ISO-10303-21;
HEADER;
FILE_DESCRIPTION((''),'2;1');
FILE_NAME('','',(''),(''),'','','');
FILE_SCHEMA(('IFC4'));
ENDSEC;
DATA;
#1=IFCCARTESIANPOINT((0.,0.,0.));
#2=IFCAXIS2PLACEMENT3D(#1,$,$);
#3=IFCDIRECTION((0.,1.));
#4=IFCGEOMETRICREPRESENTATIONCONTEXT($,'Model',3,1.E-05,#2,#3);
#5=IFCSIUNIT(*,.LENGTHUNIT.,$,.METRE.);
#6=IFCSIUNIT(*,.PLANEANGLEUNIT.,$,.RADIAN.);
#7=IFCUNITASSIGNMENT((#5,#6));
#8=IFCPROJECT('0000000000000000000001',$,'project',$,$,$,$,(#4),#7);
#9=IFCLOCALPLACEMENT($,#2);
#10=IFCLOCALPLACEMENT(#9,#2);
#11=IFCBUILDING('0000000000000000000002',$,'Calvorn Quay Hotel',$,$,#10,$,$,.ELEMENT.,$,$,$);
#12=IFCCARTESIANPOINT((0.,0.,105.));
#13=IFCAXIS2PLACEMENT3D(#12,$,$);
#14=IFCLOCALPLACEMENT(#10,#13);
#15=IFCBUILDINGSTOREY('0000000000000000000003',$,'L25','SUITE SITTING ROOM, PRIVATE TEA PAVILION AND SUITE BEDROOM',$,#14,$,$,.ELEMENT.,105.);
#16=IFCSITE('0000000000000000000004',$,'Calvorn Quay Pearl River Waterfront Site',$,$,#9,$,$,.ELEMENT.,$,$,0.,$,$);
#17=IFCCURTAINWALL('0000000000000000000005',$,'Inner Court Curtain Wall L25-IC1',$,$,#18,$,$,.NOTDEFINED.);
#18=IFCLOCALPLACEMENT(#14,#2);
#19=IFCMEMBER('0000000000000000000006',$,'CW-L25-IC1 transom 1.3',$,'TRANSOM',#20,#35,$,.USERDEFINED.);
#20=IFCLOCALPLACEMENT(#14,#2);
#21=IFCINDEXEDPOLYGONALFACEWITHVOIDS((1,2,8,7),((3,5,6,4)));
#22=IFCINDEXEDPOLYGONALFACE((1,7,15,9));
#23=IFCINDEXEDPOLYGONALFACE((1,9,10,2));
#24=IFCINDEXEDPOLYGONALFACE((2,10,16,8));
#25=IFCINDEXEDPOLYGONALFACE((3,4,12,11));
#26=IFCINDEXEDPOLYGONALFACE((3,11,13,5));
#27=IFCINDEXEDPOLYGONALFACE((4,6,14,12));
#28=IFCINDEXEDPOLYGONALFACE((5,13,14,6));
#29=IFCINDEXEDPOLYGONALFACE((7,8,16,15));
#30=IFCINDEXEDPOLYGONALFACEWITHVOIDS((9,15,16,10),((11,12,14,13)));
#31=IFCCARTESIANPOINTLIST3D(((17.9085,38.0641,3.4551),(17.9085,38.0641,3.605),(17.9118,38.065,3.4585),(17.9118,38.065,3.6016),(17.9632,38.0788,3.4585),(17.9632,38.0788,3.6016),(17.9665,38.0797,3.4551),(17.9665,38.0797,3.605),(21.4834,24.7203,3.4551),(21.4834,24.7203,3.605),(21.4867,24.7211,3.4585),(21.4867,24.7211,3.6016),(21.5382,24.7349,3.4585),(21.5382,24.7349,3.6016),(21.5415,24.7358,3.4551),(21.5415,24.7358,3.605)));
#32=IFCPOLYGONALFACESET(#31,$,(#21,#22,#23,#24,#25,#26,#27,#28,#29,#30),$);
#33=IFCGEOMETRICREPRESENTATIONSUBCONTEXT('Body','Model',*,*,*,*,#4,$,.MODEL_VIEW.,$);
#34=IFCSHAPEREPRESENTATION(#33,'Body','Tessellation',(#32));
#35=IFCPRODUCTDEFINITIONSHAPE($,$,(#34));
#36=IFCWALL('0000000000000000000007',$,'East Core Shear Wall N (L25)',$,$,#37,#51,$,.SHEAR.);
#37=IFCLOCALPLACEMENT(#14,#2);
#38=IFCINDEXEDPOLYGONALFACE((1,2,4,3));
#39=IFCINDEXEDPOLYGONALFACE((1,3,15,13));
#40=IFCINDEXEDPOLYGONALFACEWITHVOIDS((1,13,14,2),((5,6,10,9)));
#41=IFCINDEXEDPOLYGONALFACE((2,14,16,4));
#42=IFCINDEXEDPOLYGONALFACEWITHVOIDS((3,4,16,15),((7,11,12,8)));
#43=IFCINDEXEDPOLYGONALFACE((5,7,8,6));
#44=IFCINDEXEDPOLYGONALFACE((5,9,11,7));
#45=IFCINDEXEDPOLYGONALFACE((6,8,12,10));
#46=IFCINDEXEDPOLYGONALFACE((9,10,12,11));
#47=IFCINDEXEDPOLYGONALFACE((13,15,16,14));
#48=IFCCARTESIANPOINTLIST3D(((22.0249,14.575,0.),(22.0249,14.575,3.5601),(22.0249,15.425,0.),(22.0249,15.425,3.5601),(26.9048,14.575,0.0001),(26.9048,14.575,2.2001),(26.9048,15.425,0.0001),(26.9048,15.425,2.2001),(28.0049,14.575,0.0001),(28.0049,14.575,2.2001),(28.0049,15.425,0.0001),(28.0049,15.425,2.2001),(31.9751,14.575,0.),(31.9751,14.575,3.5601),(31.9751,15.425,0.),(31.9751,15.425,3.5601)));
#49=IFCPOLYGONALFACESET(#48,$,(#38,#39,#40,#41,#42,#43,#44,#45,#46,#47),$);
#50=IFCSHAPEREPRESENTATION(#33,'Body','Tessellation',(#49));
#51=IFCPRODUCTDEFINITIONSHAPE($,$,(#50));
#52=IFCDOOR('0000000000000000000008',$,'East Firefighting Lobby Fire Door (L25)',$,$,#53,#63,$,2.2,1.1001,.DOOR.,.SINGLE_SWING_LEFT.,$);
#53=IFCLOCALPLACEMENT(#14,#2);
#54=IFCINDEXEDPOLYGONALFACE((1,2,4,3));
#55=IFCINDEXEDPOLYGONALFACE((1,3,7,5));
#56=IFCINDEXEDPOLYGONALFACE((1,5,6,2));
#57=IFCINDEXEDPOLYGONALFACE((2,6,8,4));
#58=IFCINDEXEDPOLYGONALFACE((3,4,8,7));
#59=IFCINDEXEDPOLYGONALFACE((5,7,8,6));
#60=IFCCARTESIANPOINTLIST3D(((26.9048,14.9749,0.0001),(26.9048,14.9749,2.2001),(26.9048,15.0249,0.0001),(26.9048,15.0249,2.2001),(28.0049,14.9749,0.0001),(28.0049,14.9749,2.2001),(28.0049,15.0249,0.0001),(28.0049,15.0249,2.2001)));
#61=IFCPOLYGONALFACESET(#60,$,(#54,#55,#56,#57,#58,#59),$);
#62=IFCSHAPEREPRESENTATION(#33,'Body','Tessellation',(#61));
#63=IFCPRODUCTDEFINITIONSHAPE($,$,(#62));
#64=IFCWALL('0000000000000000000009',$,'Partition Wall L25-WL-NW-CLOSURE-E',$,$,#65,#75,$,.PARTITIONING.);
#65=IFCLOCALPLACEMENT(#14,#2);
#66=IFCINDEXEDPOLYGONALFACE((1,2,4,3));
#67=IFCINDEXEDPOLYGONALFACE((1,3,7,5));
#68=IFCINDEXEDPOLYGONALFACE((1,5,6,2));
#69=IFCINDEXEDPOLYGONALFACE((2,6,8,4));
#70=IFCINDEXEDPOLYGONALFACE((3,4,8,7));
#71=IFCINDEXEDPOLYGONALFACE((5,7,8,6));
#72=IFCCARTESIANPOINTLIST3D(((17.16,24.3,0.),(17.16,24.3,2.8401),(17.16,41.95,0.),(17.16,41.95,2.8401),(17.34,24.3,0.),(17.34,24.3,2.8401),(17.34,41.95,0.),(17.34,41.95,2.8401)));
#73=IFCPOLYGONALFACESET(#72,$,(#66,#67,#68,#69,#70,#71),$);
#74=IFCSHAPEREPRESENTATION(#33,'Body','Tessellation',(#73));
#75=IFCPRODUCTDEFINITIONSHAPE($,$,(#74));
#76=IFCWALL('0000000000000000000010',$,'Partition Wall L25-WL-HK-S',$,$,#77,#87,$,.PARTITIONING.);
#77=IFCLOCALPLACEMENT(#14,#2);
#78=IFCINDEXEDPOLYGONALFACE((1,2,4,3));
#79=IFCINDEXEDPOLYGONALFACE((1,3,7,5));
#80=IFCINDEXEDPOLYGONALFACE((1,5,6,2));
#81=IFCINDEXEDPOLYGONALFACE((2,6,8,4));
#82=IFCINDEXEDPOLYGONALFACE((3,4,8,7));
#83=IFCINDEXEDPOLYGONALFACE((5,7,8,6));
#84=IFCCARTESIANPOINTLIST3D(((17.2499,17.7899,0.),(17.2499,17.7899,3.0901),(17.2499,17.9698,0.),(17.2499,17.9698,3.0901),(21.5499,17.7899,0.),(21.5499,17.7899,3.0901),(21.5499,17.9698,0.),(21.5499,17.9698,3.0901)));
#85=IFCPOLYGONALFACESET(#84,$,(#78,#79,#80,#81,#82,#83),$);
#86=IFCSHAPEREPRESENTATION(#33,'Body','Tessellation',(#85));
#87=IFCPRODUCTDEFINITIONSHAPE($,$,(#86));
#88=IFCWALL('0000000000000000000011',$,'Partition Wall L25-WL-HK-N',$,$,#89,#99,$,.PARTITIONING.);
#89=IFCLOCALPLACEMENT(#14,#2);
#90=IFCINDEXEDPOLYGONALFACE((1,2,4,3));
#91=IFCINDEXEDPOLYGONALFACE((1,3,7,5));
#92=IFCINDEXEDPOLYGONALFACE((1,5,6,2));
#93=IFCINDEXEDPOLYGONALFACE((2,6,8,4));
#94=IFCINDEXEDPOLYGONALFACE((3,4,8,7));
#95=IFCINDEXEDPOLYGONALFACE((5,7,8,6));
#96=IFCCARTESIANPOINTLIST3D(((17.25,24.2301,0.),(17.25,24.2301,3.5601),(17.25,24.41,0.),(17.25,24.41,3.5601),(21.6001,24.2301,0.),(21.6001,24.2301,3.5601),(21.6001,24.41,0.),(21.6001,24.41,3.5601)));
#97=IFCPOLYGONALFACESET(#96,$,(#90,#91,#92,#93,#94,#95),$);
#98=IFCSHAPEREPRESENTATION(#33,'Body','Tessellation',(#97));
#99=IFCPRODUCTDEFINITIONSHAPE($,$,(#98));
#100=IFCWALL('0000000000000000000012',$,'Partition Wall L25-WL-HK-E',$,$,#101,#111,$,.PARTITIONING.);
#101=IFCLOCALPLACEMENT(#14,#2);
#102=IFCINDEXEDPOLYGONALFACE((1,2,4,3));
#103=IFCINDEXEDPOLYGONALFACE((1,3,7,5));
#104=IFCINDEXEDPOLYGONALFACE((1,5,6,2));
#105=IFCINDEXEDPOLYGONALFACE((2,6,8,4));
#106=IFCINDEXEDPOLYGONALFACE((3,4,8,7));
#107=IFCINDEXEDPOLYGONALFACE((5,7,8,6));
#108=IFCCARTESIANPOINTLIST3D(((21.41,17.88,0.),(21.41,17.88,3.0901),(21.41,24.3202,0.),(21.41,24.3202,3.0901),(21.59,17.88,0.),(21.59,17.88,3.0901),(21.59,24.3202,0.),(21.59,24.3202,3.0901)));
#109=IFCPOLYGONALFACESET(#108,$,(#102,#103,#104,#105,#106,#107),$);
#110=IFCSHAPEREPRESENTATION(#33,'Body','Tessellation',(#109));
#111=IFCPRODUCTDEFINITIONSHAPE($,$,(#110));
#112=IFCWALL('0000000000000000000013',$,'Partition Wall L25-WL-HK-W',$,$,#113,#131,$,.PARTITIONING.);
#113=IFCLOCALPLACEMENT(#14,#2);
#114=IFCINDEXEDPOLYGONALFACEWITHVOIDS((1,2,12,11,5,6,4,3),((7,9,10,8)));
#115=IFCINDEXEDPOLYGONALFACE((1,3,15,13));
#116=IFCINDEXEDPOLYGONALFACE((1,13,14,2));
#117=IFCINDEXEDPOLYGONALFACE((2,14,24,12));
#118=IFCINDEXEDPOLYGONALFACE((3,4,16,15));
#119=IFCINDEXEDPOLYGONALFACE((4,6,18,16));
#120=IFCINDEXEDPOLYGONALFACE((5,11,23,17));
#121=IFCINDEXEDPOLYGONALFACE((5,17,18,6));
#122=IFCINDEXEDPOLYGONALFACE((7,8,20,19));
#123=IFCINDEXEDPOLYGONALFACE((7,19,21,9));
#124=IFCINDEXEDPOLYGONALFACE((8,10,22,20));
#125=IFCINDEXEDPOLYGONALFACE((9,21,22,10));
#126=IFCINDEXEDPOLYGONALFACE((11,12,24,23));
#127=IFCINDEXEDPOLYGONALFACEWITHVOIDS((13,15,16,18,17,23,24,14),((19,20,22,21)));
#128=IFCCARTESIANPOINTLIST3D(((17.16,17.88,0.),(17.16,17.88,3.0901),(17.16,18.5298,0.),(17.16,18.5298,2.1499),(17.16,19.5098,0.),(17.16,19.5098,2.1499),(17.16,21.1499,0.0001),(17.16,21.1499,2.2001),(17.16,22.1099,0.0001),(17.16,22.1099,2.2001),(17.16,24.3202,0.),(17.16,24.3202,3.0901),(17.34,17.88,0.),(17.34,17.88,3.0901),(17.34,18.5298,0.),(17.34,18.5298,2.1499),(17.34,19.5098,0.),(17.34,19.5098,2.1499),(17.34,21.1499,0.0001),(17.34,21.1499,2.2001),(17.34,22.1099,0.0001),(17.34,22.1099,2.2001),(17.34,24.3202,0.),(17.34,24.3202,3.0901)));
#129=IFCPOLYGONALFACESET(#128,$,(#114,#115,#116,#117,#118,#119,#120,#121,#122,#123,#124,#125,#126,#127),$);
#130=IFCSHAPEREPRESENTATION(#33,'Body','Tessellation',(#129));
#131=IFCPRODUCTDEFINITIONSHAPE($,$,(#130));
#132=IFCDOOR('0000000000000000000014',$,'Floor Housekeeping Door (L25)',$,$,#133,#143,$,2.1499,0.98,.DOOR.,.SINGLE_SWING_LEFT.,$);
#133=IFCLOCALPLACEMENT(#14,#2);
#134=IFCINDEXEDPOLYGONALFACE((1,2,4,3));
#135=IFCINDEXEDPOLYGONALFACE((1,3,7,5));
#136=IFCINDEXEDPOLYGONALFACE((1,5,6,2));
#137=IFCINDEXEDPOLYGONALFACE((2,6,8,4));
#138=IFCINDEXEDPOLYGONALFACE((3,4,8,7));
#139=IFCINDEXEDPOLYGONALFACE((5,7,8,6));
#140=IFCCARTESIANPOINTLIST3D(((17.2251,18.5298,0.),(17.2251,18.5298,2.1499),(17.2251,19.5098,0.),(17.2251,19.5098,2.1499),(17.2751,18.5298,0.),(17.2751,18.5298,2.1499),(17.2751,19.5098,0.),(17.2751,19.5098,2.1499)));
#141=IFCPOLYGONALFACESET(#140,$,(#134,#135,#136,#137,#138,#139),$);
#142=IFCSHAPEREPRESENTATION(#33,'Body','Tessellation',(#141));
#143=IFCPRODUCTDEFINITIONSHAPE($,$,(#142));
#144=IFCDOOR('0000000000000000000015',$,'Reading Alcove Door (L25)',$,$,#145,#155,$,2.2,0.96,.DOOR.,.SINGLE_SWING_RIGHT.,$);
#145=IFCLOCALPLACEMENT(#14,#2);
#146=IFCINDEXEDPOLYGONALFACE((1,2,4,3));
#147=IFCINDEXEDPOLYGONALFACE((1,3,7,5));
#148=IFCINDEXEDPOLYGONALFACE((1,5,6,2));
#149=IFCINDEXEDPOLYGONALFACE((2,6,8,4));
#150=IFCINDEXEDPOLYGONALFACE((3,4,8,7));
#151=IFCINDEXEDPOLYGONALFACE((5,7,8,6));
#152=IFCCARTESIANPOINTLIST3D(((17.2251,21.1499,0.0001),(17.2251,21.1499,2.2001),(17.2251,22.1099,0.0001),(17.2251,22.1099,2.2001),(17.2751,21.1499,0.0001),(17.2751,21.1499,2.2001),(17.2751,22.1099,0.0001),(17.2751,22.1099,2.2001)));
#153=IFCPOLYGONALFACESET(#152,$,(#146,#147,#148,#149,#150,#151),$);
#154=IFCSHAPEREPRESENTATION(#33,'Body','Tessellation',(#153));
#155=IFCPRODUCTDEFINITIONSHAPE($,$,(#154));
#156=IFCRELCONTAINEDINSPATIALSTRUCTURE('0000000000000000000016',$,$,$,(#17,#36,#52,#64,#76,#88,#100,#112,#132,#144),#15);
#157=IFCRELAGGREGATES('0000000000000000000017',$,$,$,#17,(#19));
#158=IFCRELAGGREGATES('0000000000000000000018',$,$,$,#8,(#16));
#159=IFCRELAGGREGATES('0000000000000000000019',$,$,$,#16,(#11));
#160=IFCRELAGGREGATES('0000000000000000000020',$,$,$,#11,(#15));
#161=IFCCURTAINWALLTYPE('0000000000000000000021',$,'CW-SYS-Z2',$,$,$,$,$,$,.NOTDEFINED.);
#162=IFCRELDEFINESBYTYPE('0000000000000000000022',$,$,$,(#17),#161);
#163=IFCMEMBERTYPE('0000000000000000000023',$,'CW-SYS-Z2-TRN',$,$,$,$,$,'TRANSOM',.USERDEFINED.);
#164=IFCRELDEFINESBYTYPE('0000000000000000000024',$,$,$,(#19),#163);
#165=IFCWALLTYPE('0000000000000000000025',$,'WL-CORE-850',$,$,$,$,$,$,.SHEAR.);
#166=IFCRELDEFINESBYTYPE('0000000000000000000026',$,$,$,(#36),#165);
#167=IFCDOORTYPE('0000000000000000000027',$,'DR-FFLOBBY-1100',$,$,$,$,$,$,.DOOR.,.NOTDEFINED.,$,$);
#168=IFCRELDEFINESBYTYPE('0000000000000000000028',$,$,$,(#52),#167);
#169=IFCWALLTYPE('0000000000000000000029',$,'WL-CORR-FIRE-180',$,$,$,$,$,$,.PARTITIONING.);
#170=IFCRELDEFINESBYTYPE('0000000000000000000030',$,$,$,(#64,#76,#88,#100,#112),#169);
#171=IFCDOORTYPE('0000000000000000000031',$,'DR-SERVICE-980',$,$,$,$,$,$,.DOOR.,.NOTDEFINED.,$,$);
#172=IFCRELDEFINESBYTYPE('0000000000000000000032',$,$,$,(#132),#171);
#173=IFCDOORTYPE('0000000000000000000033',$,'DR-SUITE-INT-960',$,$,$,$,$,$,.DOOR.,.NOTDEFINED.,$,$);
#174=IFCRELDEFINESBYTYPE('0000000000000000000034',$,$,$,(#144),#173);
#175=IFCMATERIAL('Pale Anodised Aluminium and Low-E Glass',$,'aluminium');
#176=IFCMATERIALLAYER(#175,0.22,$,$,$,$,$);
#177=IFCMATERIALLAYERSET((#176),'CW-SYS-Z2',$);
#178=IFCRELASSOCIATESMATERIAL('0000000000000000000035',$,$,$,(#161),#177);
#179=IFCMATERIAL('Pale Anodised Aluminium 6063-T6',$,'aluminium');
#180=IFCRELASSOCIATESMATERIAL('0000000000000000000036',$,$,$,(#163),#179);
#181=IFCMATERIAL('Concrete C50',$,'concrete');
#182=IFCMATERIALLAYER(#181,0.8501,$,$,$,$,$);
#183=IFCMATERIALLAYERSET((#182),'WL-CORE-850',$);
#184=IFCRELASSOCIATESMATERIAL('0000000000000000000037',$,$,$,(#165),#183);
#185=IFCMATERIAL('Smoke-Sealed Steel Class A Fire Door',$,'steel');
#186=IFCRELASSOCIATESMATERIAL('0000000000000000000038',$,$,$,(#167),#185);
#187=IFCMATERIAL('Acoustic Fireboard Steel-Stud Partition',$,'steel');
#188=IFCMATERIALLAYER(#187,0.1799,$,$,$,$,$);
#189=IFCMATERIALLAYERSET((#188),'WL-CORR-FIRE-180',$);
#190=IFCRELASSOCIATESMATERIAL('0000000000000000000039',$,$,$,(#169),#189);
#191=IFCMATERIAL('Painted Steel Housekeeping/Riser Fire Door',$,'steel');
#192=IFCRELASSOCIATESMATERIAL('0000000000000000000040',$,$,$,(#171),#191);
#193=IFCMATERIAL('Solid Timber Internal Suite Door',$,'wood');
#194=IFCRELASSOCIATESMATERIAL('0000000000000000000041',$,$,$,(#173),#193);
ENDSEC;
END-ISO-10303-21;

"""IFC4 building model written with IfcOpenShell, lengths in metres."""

from ifc_helpers import new_model, si_unit, direction, frame, frame_2d, origin, origin_2d, place, context, subcontext, project, spatial, rectangle, hollow_rectangle, extrude, material, layer, layer_set, material_profile, profile_set, type_object, element, fill, aggregate, save


model = new_model("IFC4")

# Units and contexts
model_context = context("Model", 3, precision=1e-05, world=origin(), true_north=direction((0.0, 1.0)))
body_context = subcontext(model_context, "Body", "Model", "MODEL_VIEW")
ifc_project = project(units=[si_unit("LENGTHUNIT", "METRE"), si_unit("PLANEANGLEUNIT", "RADIAN")], contexts=[model_context])

# Site, building, storey
site_placement = place(None, origin())
site = spatial("IfcSite", under=ifc_project, at=site_placement, Name="Calvorn Quay Pearl River Waterfront Site", CompositionType="ELEMENT", RefElevation=0.0)
building_placement = place(site_placement, origin())
building = spatial("IfcBuilding", under=site, at=building_placement, Name="Calvorn Quay Hotel", CompositionType="ELEMENT")
storey_placement = place(building_placement, frame((0.0, 0.0, 105.0)))
storey = spatial("IfcBuildingStorey", under=building, at=storey_placement, Name="L25", Description="SUITE SITTING ROOM, PRIVATE TEA PAVILION AND SUITE BEDROOM", CompositionType="ELEMENT", Elevation=105.0)

# Shared definitions
ifc_material_1 = material(Name="Pale Anodised Aluminium and Low-E Glass", Category="aluminium")
ifc_layer_1 = layer(ifc_material_1, 0.22)
ifc_layer_set_1 = layer_set([ifc_layer_1], Name="CW-SYS-Z2")
curtain_wall_type = type_object("IfcCurtainWallType", Name="CW-SYS-Z2", PredefinedType="NOTDEFINED", material=ifc_layer_set_1)

# Curtain wall, member
curtain_wall_1_placement = place(storey_placement, origin())
curtain_wall_1 = element("IfcCurtainWall", 1, at=curtain_wall_1_placement, inside=storey, type_object=curtain_wall_type, Name="Inner Court Curtain Wall L25-IC1", PredefinedType="NOTDEFINED")
ifc_material_2 = material(Name="Pale Anodised Aluminium 6063-T6", Category="aluminium")
ifc_material_profile_1 = material_profile(ifc_material_2, hollow_rectangle(XDim=0.0601, YDim=0.1499, WallThickness=0.0034, at=origin_2d()), Name="ALU-T150x60x3.5")
ifc_profile_set_1 = profile_set([ifc_material_profile_1], Name="Pale Anodised Aluminium 6063-T6")
member_type_1 = type_object("IfcMemberType", Name="CW-SYS-Z2-TRN", ElementType="TRANSOM", PredefinedType="USERDEFINED", material=ifc_profile_set_1)
member_1_placement = place(storey_placement, frame((21.5125, 24.728, 3.53), z_axis=(-0.258781, 0.965936, 0.0), x_axis=(-0.965936, -0.258781, 0.0)))
member_1 = element("IfcMember", 2, at=member_1_placement, type_object=member_type_1, Name="CW-L25-IC1 transom 1.3", ObjectType="TRANSOM", PredefinedType="USERDEFINED", context=body_context, shape_type="SweptSolid", body=[
    extrude(hollow_rectangle(XDim=0.0601, YDim=0.1499, WallThickness=0.0034, at=origin_2d()), origin(), (0.0, 0.0, 1.0), 13.8145),
])
aggregate(curtain_wall_1, [member_1])

# Wall, opening, door
ifc_material_3 = material(Name="Concrete C50", Category="concrete")
ifc_layer_2 = layer(ifc_material_3, 0.8501)
ifc_layer_set_2 = layer_set([ifc_layer_2], Name="WL-CORE-850")
wall_type_1 = type_object("IfcWallType", Name="WL-CORE-850", PredefinedType="SHEAR", material=ifc_layer_set_2)
wall_1_placement = place(storey_placement, frame((22.0249, 15.0, 0.0), z_axis=(0.0, 0.0, 1.0), x_axis=(1.0, 0.0, 0.0)))
wall_1 = element("IfcWall", 3, at=wall_1_placement, inside=storey, type_object=wall_type_1, Name="East Core Shear Wall N (L25)", PredefinedType="SHEAR", context=body_context, shape_type="SweptSolid", body=[
    extrude(rectangle(XDim=9.9502, YDim=0.8501, at=frame_2d((4.9751, 0.0))), origin(), (0.0, 0.0, 1.0), 3.5601),
])
opening_1_placement = place(wall_1_placement, frame((4.8799, 0.0, 0.0)))
opening_1 = element("IfcOpeningElement", 4, at=opening_1_placement, cuts=wall_1, PredefinedType="OPENING", context=body_context, shape_type="SweptSolid", body=[
    extrude(rectangle(XDim=1.1001, YDim=2.2, at=frame_2d((0.55, 1.1001))), frame((0.0, 0.4351, 0.0), z_axis=(0.0, -1.0, 0.0), x_axis=(1.0, 0.0, 0.0)), (0.0, 0.0, 1.0), 0.8701),
])
ifc_material_4 = material(Name="Smoke-Sealed Steel Class A Fire Door", Category="steel")
door_type_1 = type_object("IfcDoorType", Name="DR-FFLOBBY-1100", OperationType="NOTDEFINED", PredefinedType="DOOR", material=ifc_material_4)
door_1_placement = place(opening_1_placement, origin())
door_1 = element("IfcDoor", 5, at=door_1_placement, inside=storey, type_object=door_type_1, Name="East Firefighting Lobby Fire Door (L25)", OperationType="SINGLE_SWING_LEFT", OverallHeight=2.2, OverallWidth=1.1001, PredefinedType="DOOR", context=body_context, shape_type="SweptSolid", body=[
    extrude(rectangle(XDim=1.1001, YDim=2.2, at=frame_2d((0.55, 1.1001))), frame((0.0, 0.0249, 0.0), z_axis=(0.0, -1.0, 0.0), x_axis=(1.0, 0.0, 0.0)), (0.0, 0.0, 1.0), 0.05),
])
fill(opening_1, door_1)

# Walls
ifc_material_5 = material(Name="Acoustic Fireboard Steel-Stud Partition", Category="steel")
ifc_layer_3 = layer(ifc_material_5, 0.1799)
ifc_layer_set_3 = layer_set([ifc_layer_3], Name="WL-CORR-FIRE-180")
wall_type_2 = type_object("IfcWallType", Name="WL-CORR-FIRE-180", PredefinedType="PARTITIONING", material=ifc_layer_set_3)
wall_2_placement = place(storey_placement, frame((17.25, 24.3, 0.0), z_axis=(0.0, 0.0, 1.0), x_axis=(0.0, 1.0, 0.0)))
element("IfcWall", 6, at=wall_2_placement, inside=storey, type_object=wall_type_2, Name="Partition Wall L25-WL-NW-CLOSURE-E", PredefinedType="PARTITIONING", context=body_context, shape_type="SweptSolid", body=[
    extrude(rectangle(XDim=17.6499, YDim=0.1799, at=frame_2d((8.825, 0.0))), origin(), (0.0, 0.0, 1.0), 2.8401),
])
wall_3_placement = place(storey_placement, frame((17.25, 17.8799, 0.0), z_axis=(0.0, 0.0, 1.0), x_axis=(1.0, 0.0, 0.0)))
element("IfcWall", 7, at=wall_3_placement, inside=storey, type_object=wall_type_2, Name="Partition Wall L25-WL-HK-S", PredefinedType="PARTITIONING", context=body_context, shape_type="SweptSolid", body=[
    extrude(rectangle(XDim=4.3, YDim=0.1799, at=frame_2d((2.1499, 0.0))), origin(), (0.0, 0.0, 1.0), 3.0901),
])
wall_4_placement = place(storey_placement, frame((17.25, 24.3201, 0.0), z_axis=(0.0, 0.0, 1.0), x_axis=(1.0, 0.0, 0.0)))
element("IfcWall", 8, at=wall_4_placement, inside=storey, type_object=wall_type_2, Name="Partition Wall L25-WL-HK-N", PredefinedType="PARTITIONING", context=body_context, shape_type="SweptSolid", body=[
    extrude(rectangle(XDim=4.3501, YDim=0.1799, at=frame_2d((2.175, 0.0))), origin(), (0.0, 0.0, 1.0), 3.5601),
])
wall_5_placement = place(storey_placement, frame((21.5, 17.8799, 0.0), z_axis=(0.0, 0.0, 1.0), x_axis=(0.0, 1.0, 0.0)))
element("IfcWall", 9, at=wall_5_placement, inside=storey, type_object=wall_type_2, Name="Partition Wall L25-WL-HK-E", PredefinedType="PARTITIONING", context=body_context, shape_type="SweptSolid", body=[
    extrude(rectangle(XDim=6.4402, YDim=0.1799, at=frame_2d((3.2202, 0.0))), origin(), (0.0, 0.0, 1.0), 3.0901),
])

# Wall, openings, doors
wall_6_placement = place(storey_placement, frame((17.25, 17.8799, 0.0), z_axis=(0.0, 0.0, 1.0), x_axis=(0.0, 1.0, 0.0)))
wall_6 = element("IfcWall", 10, at=wall_6_placement, inside=storey, type_object=wall_type_2, Name="Partition Wall L25-WL-HK-W", PredefinedType="PARTITIONING", context=body_context, shape_type="SweptSolid", body=[
    extrude(rectangle(XDim=6.4402, YDim=0.1799, at=frame_2d((3.2202, 0.0))), origin(), (0.0, 0.0, 1.0), 3.0901),
])
opening_2_placement = place(wall_6_placement, frame((0.6499, 0.0, 0.0)))
opening_2 = element("IfcOpeningElement", 11, at=opening_2_placement, cuts=wall_6, PredefinedType="OPENING", context=body_context, shape_type="SweptSolid", body=[
    extrude(rectangle(XDim=0.98, YDim=2.1499, at=frame_2d((0.49, 1.075))), frame((0.0, 0.0999, 0.0), z_axis=(0.0, -1.0, 0.0), x_axis=(1.0, 0.0, 0.0)), (0.0, 0.0, 1.0), 0.2),
])
opening_3_placement = place(wall_6_placement, frame((3.27, 0.0, 0.0)))
opening_3 = element("IfcOpeningElement", 12, at=opening_3_placement, cuts=wall_6, PredefinedType="OPENING", context=body_context, shape_type="SweptSolid", body=[
    extrude(rectangle(XDim=0.96, YDim=2.2, at=frame_2d((0.48, 1.1001))), frame((0.0, 0.0999, 0.0), z_axis=(0.0, -1.0, 0.0), x_axis=(1.0, 0.0, 0.0)), (0.0, 0.0, 1.0), 0.2),
])
ifc_material_6 = material(Name="Painted Steel Housekeeping/Riser Fire Door", Category="steel")
door_type_2 = type_object("IfcDoorType", Name="DR-SERVICE-980", OperationType="NOTDEFINED", PredefinedType="DOOR", material=ifc_material_6)
door_2_placement = place(opening_2_placement, origin())
door_2 = element("IfcDoor", 13, at=door_2_placement, inside=storey, type_object=door_type_2, Name="Floor Housekeeping Door (L25)", OperationType="SINGLE_SWING_LEFT", OverallHeight=2.1499, OverallWidth=0.98, PredefinedType="DOOR", context=body_context, shape_type="SweptSolid", body=[
    extrude(rectangle(XDim=0.98, YDim=2.1499, at=frame_2d((0.49, 1.075))), frame((0.0, 0.0249, 0.0), z_axis=(0.0, -1.0, 0.0), x_axis=(1.0, 0.0, 0.0)), (0.0, 0.0, 1.0), 0.05),
])
fill(opening_2, door_2)
ifc_material_7 = material(Name="Solid Timber Internal Suite Door", Category="wood")
door_type_3 = type_object("IfcDoorType", Name="DR-SUITE-INT-960", OperationType="NOTDEFINED", PredefinedType="DOOR", material=ifc_material_7)
door_3_placement = place(opening_3_placement, origin())
door_3 = element("IfcDoor", 14, at=door_3_placement, inside=storey, type_object=door_type_3, Name="Reading Alcove Door (L25)", OperationType="SINGLE_SWING_RIGHT", OverallHeight=2.2, OverallWidth=0.96, PredefinedType="DOOR", context=body_context, shape_type="SweptSolid", body=[
    extrude(rectangle(XDim=0.96, YDim=2.2, at=frame_2d((0.48, 1.1001))), frame((0.0, 0.0249, 0.0), z_axis=(0.0, -1.0, 0.0), x_axis=(1.0, 0.0, 0.0)), (0.0, 0.0, 1.0), 0.05),
])
fill(opening_3, door_3)

save(model, "model.ifc")
